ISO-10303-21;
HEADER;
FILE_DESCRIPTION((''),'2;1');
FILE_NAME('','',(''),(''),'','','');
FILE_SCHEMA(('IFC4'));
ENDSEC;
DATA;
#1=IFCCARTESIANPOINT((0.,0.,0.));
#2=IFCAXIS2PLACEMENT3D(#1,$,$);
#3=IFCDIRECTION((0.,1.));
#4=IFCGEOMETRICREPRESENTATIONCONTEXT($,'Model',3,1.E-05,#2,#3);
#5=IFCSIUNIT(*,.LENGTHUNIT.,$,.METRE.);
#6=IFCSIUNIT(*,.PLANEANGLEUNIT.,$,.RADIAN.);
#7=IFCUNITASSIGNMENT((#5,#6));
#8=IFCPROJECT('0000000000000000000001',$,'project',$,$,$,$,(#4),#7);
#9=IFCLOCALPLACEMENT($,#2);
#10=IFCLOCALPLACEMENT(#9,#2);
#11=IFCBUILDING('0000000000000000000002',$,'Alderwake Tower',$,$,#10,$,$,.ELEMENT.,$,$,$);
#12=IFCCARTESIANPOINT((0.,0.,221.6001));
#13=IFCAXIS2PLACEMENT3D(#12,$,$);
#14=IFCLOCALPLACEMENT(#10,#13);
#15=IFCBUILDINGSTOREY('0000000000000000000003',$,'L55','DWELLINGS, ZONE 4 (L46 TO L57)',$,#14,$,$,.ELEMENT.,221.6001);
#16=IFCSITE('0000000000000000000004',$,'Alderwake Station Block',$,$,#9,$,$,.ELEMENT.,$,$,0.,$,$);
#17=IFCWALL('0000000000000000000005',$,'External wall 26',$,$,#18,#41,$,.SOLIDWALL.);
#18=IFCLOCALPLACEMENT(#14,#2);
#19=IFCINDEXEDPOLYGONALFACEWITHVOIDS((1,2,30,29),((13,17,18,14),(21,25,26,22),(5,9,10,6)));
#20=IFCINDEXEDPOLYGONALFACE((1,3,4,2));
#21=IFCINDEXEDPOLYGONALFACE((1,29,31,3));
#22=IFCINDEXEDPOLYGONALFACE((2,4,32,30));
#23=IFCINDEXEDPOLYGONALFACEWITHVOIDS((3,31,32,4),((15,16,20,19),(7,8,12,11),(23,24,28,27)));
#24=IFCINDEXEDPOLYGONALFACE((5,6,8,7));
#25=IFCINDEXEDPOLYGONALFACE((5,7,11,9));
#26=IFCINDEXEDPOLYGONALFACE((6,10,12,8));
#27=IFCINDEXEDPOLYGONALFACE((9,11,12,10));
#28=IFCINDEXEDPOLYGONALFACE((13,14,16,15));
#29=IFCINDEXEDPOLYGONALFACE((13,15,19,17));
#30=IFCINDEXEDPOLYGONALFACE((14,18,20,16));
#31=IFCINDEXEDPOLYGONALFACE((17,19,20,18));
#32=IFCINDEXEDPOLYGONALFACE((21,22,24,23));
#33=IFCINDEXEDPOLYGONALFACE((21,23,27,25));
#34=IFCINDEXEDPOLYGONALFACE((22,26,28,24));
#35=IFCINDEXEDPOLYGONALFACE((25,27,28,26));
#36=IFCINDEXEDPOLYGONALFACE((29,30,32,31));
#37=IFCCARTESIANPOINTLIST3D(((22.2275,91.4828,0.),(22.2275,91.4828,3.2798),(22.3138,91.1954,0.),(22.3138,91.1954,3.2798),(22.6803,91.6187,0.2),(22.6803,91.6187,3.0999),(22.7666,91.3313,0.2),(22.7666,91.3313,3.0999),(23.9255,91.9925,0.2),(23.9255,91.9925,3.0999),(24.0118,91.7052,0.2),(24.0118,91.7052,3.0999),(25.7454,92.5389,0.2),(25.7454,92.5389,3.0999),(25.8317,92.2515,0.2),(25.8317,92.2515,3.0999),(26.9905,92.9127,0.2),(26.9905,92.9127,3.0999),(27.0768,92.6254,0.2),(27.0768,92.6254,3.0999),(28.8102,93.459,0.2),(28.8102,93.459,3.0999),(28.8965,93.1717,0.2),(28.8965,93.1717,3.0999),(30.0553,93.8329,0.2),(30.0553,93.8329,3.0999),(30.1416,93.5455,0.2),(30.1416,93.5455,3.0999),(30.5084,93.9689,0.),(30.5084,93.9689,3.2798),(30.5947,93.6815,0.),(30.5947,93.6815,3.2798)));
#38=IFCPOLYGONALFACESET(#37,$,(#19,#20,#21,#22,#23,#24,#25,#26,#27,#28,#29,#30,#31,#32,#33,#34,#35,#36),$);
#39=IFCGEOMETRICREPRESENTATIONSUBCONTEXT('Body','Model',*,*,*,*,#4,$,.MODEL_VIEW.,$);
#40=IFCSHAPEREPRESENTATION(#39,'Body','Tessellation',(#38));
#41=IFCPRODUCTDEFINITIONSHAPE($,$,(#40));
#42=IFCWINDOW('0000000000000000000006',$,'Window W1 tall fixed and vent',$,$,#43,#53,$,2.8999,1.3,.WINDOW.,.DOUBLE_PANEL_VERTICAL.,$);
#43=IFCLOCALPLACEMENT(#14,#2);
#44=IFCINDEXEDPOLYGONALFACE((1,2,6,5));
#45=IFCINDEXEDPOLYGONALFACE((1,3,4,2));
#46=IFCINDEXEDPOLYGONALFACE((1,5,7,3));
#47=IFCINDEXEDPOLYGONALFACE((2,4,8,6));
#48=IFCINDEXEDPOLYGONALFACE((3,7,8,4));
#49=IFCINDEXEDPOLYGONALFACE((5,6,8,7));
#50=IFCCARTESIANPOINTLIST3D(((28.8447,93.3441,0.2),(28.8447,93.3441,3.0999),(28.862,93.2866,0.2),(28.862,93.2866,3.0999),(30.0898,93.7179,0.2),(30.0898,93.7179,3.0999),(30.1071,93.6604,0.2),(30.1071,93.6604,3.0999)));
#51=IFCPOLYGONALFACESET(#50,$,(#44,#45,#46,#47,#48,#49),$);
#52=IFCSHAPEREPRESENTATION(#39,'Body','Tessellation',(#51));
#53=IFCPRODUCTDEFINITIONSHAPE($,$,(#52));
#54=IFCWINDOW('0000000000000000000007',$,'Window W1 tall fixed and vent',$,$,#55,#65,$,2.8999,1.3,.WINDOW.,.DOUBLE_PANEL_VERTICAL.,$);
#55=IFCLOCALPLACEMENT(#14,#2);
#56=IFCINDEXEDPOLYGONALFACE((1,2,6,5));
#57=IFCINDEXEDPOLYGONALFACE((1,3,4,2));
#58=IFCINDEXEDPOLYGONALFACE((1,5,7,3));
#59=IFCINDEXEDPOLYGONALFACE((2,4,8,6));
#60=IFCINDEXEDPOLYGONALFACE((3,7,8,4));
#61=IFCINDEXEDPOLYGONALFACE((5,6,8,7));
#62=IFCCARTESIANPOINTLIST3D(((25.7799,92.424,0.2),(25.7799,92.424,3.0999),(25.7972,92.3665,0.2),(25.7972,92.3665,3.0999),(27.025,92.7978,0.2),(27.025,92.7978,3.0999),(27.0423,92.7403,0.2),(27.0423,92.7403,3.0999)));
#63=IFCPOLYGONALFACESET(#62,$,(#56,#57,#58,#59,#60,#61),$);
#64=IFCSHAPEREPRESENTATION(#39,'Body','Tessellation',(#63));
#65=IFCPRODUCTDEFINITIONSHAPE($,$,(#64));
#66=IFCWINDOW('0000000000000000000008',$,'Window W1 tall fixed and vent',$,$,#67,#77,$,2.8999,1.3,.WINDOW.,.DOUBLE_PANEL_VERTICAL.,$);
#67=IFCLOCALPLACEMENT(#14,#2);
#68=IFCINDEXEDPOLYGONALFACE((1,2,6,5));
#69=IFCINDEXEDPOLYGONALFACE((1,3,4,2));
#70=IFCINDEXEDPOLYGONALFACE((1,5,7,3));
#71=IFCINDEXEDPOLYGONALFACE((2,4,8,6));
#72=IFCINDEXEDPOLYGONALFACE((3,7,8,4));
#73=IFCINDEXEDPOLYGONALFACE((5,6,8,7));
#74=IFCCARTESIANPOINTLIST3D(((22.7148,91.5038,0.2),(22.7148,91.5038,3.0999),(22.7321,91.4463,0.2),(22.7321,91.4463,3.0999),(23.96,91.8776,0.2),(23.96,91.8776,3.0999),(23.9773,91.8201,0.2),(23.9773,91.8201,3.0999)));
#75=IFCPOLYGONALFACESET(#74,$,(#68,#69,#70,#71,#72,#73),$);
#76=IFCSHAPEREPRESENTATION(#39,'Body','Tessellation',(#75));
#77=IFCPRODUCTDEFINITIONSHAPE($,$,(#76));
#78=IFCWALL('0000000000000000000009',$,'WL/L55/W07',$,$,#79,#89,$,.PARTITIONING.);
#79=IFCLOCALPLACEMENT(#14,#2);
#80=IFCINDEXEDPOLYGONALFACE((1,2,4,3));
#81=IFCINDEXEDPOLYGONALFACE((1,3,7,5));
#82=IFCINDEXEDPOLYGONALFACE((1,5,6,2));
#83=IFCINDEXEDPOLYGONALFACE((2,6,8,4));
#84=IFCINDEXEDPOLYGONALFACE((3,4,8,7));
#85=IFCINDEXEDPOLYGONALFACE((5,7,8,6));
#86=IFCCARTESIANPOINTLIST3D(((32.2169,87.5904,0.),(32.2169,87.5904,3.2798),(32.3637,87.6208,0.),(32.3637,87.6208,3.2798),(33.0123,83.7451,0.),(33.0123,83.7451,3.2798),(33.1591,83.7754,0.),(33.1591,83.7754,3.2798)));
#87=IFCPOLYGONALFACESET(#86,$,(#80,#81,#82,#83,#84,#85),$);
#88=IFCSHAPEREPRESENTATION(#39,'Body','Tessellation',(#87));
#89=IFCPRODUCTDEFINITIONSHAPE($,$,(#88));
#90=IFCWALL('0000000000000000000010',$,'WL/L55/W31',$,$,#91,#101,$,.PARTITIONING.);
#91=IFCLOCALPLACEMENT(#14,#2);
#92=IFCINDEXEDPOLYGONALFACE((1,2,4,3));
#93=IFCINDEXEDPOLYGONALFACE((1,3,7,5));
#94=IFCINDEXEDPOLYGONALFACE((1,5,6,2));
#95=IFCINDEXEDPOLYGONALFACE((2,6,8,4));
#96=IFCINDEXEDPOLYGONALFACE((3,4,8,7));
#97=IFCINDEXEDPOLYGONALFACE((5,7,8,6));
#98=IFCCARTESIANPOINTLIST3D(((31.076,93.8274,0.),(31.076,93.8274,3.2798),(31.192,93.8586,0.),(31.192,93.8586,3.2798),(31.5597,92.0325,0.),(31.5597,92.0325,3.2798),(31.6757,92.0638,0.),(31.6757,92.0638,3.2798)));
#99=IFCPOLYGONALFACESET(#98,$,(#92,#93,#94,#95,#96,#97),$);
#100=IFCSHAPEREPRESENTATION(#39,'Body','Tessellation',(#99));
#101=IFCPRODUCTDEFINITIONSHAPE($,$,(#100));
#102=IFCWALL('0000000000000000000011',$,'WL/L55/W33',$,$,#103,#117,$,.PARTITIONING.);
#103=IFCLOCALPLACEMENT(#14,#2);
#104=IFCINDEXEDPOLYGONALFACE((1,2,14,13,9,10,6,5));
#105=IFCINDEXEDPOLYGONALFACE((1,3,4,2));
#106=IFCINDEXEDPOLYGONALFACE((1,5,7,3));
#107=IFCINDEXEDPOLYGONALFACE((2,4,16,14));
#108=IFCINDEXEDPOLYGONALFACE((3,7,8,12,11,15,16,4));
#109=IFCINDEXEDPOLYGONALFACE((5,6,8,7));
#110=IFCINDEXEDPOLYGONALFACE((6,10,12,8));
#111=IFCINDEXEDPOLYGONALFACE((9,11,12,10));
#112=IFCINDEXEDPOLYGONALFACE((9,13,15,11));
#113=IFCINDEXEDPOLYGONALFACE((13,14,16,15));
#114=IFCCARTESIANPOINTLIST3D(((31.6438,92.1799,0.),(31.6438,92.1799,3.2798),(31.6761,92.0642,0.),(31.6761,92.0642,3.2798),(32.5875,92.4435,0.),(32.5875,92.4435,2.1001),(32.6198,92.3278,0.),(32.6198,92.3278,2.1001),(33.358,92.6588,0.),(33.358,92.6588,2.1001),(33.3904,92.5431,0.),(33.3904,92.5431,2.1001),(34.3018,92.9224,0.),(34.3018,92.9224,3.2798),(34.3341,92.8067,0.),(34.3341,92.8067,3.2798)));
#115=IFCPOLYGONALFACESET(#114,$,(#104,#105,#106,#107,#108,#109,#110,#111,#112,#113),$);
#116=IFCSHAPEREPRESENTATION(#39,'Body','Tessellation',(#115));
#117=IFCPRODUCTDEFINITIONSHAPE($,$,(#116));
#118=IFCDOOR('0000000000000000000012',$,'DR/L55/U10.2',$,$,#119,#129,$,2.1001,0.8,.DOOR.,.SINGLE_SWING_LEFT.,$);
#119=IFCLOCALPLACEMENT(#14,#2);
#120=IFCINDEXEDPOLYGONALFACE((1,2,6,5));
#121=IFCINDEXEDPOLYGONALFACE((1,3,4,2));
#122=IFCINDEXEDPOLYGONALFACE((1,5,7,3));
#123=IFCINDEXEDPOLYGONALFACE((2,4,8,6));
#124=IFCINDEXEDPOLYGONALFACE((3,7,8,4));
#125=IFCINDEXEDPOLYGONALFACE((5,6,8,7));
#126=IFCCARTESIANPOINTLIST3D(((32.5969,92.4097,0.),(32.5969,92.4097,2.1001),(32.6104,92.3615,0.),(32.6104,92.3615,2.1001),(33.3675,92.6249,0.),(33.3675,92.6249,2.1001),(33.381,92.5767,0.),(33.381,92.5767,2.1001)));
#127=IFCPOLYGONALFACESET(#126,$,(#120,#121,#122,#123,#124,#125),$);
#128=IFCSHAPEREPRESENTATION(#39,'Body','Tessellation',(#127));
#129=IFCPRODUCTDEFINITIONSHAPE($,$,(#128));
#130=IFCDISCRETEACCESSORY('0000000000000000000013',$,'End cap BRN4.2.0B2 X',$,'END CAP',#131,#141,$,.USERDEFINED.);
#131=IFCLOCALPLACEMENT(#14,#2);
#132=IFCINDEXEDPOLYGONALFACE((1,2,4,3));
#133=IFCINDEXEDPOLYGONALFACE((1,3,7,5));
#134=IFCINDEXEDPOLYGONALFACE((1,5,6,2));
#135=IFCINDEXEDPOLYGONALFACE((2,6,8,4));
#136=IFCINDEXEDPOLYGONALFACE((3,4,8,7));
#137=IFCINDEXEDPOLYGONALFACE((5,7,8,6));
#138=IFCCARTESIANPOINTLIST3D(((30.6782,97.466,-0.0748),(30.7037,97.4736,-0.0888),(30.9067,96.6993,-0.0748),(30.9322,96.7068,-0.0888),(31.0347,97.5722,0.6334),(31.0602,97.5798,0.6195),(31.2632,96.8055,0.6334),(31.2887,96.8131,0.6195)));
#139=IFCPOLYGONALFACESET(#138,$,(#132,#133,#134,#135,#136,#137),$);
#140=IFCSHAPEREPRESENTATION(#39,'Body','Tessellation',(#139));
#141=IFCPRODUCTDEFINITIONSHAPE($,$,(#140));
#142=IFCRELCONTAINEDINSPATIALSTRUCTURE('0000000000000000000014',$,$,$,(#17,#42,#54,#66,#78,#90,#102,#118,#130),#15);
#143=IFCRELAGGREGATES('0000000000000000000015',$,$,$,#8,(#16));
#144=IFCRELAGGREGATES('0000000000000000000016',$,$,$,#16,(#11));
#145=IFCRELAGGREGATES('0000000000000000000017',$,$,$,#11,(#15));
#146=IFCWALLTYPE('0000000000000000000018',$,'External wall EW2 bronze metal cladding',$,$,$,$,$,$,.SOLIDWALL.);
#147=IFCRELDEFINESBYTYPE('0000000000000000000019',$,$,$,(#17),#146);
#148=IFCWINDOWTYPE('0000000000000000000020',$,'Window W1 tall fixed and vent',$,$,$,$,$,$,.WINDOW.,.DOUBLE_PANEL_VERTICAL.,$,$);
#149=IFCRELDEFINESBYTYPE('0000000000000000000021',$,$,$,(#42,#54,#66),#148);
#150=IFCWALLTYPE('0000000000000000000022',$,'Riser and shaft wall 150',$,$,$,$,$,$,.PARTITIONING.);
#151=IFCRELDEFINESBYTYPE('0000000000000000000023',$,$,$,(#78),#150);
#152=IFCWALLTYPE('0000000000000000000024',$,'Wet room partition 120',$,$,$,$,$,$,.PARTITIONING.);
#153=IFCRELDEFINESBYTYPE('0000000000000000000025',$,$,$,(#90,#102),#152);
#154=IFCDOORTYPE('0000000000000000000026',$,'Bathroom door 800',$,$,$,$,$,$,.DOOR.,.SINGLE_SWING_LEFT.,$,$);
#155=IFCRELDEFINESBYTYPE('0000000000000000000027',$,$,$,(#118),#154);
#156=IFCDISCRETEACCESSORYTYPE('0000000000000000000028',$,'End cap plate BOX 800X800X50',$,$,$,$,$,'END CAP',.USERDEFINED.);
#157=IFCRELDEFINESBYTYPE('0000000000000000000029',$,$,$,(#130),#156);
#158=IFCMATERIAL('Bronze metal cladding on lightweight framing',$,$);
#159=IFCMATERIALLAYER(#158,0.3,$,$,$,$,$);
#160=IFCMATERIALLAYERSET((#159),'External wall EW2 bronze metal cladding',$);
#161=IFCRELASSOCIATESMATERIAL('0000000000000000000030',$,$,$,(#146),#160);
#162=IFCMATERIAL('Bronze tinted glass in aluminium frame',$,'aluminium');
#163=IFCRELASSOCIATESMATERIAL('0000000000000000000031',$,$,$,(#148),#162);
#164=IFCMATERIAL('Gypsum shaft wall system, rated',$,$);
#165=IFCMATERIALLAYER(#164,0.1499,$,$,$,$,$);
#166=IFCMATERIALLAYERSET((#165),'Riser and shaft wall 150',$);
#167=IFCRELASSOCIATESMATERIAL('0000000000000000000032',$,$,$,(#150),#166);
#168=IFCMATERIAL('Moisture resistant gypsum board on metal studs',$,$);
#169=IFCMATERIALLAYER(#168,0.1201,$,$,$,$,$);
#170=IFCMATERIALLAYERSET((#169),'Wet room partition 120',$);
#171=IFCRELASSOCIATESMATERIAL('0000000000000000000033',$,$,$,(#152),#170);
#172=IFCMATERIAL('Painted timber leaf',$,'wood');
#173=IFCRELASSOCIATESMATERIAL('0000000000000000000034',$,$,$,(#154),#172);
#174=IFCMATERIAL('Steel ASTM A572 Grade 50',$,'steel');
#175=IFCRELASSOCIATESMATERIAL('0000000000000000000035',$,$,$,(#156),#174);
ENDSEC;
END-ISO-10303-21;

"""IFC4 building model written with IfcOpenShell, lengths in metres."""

from ifc_helpers import new_model, si_unit, direction, frame, frame_2d, origin, origin_2d, place, context, subcontext, project, spatial, rectangle, extrude, material, layer, layer_set, material_profile, profile_set, type_object, element, fill, save


model = new_model("IFC4")

# Units and contexts
model_context = context("Model", 3, precision=1e-05, world=origin(), true_north=direction((0.0, 1.0)))
body_context = subcontext(model_context, "Body", "Model", "MODEL_VIEW")
ifc_project = project(units=[si_unit("LENGTHUNIT", "METRE"), si_unit("PLANEANGLEUNIT", "RADIAN")], contexts=[model_context])

# Site, building, storey
site_placement = place(None, origin())
site = spatial("IfcSite", under=ifc_project, at=site_placement, Name="Alderwake Station Block", CompositionType="ELEMENT", RefElevation=0.0)
building_placement = place(site_placement, origin())
building = spatial("IfcBuilding", under=site, at=building_placement, Name="Alderwake Tower", CompositionType="ELEMENT")
storey_placement = place(building_placement, frame((0.0, 0.0, 221.6001)))
storey = spatial("IfcBuildingStorey", under=building, at=storey_placement, Name="L55", Description="DWELLINGS, ZONE 4 (L46 TO L57)", CompositionType="ELEMENT", Elevation=221.6001)

# Wall, openings, windows
ifc_material_1 = material(Name="Bronze metal cladding on lightweight framing")
ifc_layer_1 = layer(ifc_material_1, 0.3)
ifc_layer_set_1 = layer_set([ifc_layer_1], Name="External wall EW2 bronze metal cladding")
wall_type_1 = type_object("IfcWallType", Name="External wall EW2 bronze metal cladding", PredefinedType="SOLIDWALL", material=ifc_layer_set_1)
ifc_material_2 = material(Name="Bronze tinted glass in aluminium frame", Category="aluminium")
window_type_1 = type_object("IfcWindowType", Name="Window W1 tall fixed and vent", PartitioningType="DOUBLE_PANEL_VERTICAL", PredefinedType="WINDOW", material=ifc_material_2)
wall_1_placement = place(storey_placement, frame((30.5515, 93.8252, 0.0), z_axis=(0.0, 0.0, 1.0), x_axis=(-0.957767, -0.287545, 0.0)))
wall_1 = element("IfcWall", 1, at=wall_1_placement, inside=storey, type_object=wall_type_1, Name="External wall 26", PredefinedType="SOLIDWALL", context=body_context, shape_type="SweptSolid", body=[
    extrude(rectangle(XDim=8.646, YDim=0.3, at=frame_2d((4.323, 0.0))), origin(), (0.0, 0.0, 1.0), 3.2798),
])
opening_1_placement = place(wall_1_placement, frame((0.4731, 0.0, 0.2)))
opening_1 = element("IfcOpeningElement", 2, at=opening_1_placement, cuts=wall_1, PredefinedType="OPENING", context=body_context, shape_type="SweptSolid", body=[
    extrude(rectangle(XDim=1.3, YDim=2.8999, at=frame_2d((0.6499, 1.45))), frame((0.0, 0.1599, 0.0), z_axis=(0.0, -1.0, 0.0), x_axis=(1.0, 0.0, 0.0)), (0.0, 0.0, 1.0), 0.3201),
])
opening_2_placement = place(wall_1_placement, frame((3.6731, 0.0, 0.2)))
opening_2 = element("IfcOpeningElement", 3, at=opening_2_placement, cuts=wall_1, PredefinedType="OPENING", context=body_context, shape_type="SweptSolid", body=[
    extrude(rectangle(XDim=1.3, YDim=2.8999, at=frame_2d((0.6499, 1.45))), frame((0.0, 0.1599, 0.0), z_axis=(0.0, -1.0, 0.0), x_axis=(1.0, 0.0, 0.0)), (0.0, 0.0, 1.0), 0.3201),
])
opening_3_placement = place(wall_1_placement, frame((6.8733, 0.0, 0.2)))
opening_3 = element("IfcOpeningElement", 4, at=opening_3_placement, cuts=wall_1, PredefinedType="OPENING", context=body_context, shape_type="SweptSolid", body=[
    extrude(rectangle(XDim=1.3, YDim=2.8999, at=frame_2d((0.6499, 1.45))), frame((0.0, 0.1599, 0.0), z_axis=(0.0, -1.0, 0.0), x_axis=(1.0, 0.0, 0.0)), (0.0, 0.0, 1.0), 0.3201),
])
window_1_placement = place(opening_1_placement, origin())
window_1 = element("IfcWindow", 5, at=window_1_placement, inside=storey, type_object=window_type_1, Name="Window W1 tall fixed and vent", OverallHeight=2.8999, OverallWidth=1.3, PartitioningType="DOUBLE_PANEL_VERTICAL", PredefinedType="WINDOW", context=body_context, shape_type="SweptSolid", body=[
    extrude(rectangle(XDim=1.3, YDim=2.8999, at=frame_2d((0.6499, 1.45))), frame((0.0, 0.03, 0.0), z_axis=(0.0, -1.0, 0.0), x_axis=(1.0, 0.0, 0.0)), (0.0, 0.0, 1.0), 0.0601),
])
fill(opening_1, window_1)
window_2_placement = place(opening_2_placement, origin())
window_2 = element("IfcWindow", 6, at=window_2_placement, inside=storey, type_object=window_type_1, Name="Window W1 tall fixed and vent", OverallHeight=2.8999, OverallWidth=1.3, PartitioningType="DOUBLE_PANEL_VERTICAL", PredefinedType="WINDOW", context=body_context, shape_type="SweptSolid", body=[
    extrude(rectangle(XDim=1.3, YDim=2.8999, at=frame_2d((0.6499, 1.45))), frame((0.0, 0.03, 0.0), z_axis=(0.0, -1.0, 0.0), x_axis=(1.0, 0.0, 0.0)), (0.0, 0.0, 1.0), 0.0601),
])
fill(opening_2, window_2)
window_3_placement = place(opening_3_placement, origin())
window_3 = element("IfcWindow", 7, at=window_3_placement, inside=storey, type_object=window_type_1, Name="Window W1 tall fixed and vent", OverallHeight=2.8999, OverallWidth=1.3, PartitioningType="DOUBLE_PANEL_VERTICAL", PredefinedType="WINDOW", context=body_context, shape_type="SweptSolid", body=[
    extrude(rectangle(XDim=1.3, YDim=2.8999, at=frame_2d((0.6499, 1.45))), frame((0.0, 0.03, 0.0), z_axis=(0.0, -1.0, 0.0), x_axis=(1.0, 0.0, 0.0)), (0.0, 0.0, 1.0), 0.0601),
])
fill(opening_3, window_3)

# Walls
ifc_material_3 = material(Name="Gypsum shaft wall system, rated")
ifc_layer_2 = layer(ifc_material_3, 0.1499)
ifc_layer_set_2 = layer_set([ifc_layer_2], Name="Riser and shaft wall 150")
wall_type_2 = type_object("IfcWallType", Name="Riser and shaft wall 150", PredefinedType="PARTITIONING", material=ifc_layer_set_2)
wall_2_placement = place(storey_placement, frame((33.0857, 83.7603, 0.0), z_axis=(0.0, 0.0, 1.0), x_axis=(-0.202556, 0.979271, 0.0)))
element("IfcWall", 8, at=wall_2_placement, inside=storey, type_object=wall_type_2, Name="WL/L55/W07", PredefinedType="PARTITIONING", context=body_context, shape_type="SweptSolid", body=[
    extrude(rectangle(XDim=3.9268, YDim=0.1499, at=frame_2d((1.9634, 0.0))), origin(), (0.0, 0.0, 1.0), 3.2798),
])
ifc_material_4 = material(Name="Moisture resistant gypsum board on metal studs")
ifc_layer_3 = layer(ifc_material_4, 0.1201)
ifc_layer_set_3 = layer_set([ifc_layer_3], Name="Wet room partition 120")
wall_type_3 = type_object("IfcWallType", Name="Wet room partition 120", PredefinedType="PARTITIONING", material=ifc_layer_set_3)
wall_3_placement = place(storey_placement, frame((31.134, 93.843, 0.0), z_axis=(0.0, 0.0, 1.0), x_axis=(0.260171, -0.965562, 0.0)))
element("IfcWall", 9, at=wall_3_placement, inside=storey, type_object=wall_type_3, Name="WL/L55/W31", PredefinedType="PARTITIONING", context=body_context, shape_type="SweptSolid", body=[
    extrude(rectangle(XDim=1.8589, YDim=0.1201, at=frame_2d((0.9294, 0.0))), origin(), (0.0, 0.0, 1.0), 3.2798),
])

# Wall, opening, door
wall_4_placement = place(storey_placement, frame((31.6599, 92.1221, 0.0), z_axis=(0.0, 0.0, 1.0), x_axis=(0.963133, 0.269026, 0.0)))
wall_4 = element("IfcWall", 10, at=wall_4_placement, inside=storey, type_object=wall_type_3, Name="WL/L55/W33", PredefinedType="PARTITIONING", context=body_context, shape_type="SweptSolid", body=[
    extrude(rectangle(XDim=2.7598, YDim=0.1201, at=frame_2d((1.3799, 0.0))), origin(), (0.0, 0.0, 1.0), 3.2798),
])
opening_4_placement = place(wall_4_placement, frame((0.98, 0.0, 0.0)))
opening_4 = element("IfcOpeningElement", 11, at=opening_4_placement, cuts=wall_4, PredefinedType="OPENING", context=body_context, shape_type="SweptSolid", body=[
    extrude(rectangle(XDim=0.8, YDim=2.1001, at=frame_2d((0.3999, 1.05))), frame((0.0, 0.0701, 0.0), z_axis=(0.0, -1.0, 0.0), x_axis=(1.0, 0.0, 0.0)), (0.0, 0.0, 1.0), 0.1401),
])
ifc_material_5 = material(Name="Painted timber leaf", Category="wood")
door_type_1 = type_object("IfcDoorType", Name="Bathroom door 800", OperationType="SINGLE_SWING_LEFT", PredefinedType="DOOR", material=ifc_material_5)
door_1_placement = place(opening_4_placement, origin())
door_1 = element("IfcDoor", 12, at=door_1_placement, inside=storey, type_object=door_type_1, Name="DR/L55/U10.2", OperationType="SINGLE_SWING_LEFT", OverallHeight=2.1001, OverallWidth=0.8, PredefinedType="DOOR", context=body_context, shape_type="SweptSolid", body=[
    extrude(rectangle(XDim=0.8, YDim=2.1001, at=frame_2d((0.3999, 1.05))), frame((0.0, 0.0249, 0.0), z_axis=(0.0, -1.0, 0.0), x_axis=(1.0, 0.0, 0.0)), (0.0, 0.0, 1.0), 0.05),
])
fill(opening_4, door_1)

# Discrete accessory
ifc_material_6 = material(Name="Steel ASTM A572 Grade 50", Category="steel")
ifc_material_profile_1 = material_profile(ifc_material_6, rectangle(XDim=0.8, YDim=0.8, at=origin_2d()), Name="BOX 800X800X50 cap")
ifc_profile_set_1 = profile_set([ifc_material_profile_1], Name="Steel ASTM A572 Grade 50")
discrete_accessory_type = type_object("IfcDiscreteAccessoryType", Name="End cap plate BOX 800X800X50", ElementType="END CAP", PredefinedType="USERDEFINED", material=ifc_profile_set_1)
discrete_accessory_placement = place(storey_placement, frame((30.9707, 97.1357, 0.2793), z_axis=(0.848421, 0.252895, -0.465), x_axis=(-0.285657, 0.958332, 0.0)))
element("IfcDiscreteAccessory", 13, at=discrete_accessory_placement, inside=storey, type_object=discrete_accessory_type, Name="End cap BRN4.2.0B2 X", ObjectType="END CAP", PredefinedType="USERDEFINED", context=body_context, shape_type="SweptSolid", body=[
    extrude(rectangle(XDim=0.8, YDim=0.8, at=origin_2d()), origin(), (0.0, 0.0, 1.0), 0.03),
])

save(model, "model.ifc")
